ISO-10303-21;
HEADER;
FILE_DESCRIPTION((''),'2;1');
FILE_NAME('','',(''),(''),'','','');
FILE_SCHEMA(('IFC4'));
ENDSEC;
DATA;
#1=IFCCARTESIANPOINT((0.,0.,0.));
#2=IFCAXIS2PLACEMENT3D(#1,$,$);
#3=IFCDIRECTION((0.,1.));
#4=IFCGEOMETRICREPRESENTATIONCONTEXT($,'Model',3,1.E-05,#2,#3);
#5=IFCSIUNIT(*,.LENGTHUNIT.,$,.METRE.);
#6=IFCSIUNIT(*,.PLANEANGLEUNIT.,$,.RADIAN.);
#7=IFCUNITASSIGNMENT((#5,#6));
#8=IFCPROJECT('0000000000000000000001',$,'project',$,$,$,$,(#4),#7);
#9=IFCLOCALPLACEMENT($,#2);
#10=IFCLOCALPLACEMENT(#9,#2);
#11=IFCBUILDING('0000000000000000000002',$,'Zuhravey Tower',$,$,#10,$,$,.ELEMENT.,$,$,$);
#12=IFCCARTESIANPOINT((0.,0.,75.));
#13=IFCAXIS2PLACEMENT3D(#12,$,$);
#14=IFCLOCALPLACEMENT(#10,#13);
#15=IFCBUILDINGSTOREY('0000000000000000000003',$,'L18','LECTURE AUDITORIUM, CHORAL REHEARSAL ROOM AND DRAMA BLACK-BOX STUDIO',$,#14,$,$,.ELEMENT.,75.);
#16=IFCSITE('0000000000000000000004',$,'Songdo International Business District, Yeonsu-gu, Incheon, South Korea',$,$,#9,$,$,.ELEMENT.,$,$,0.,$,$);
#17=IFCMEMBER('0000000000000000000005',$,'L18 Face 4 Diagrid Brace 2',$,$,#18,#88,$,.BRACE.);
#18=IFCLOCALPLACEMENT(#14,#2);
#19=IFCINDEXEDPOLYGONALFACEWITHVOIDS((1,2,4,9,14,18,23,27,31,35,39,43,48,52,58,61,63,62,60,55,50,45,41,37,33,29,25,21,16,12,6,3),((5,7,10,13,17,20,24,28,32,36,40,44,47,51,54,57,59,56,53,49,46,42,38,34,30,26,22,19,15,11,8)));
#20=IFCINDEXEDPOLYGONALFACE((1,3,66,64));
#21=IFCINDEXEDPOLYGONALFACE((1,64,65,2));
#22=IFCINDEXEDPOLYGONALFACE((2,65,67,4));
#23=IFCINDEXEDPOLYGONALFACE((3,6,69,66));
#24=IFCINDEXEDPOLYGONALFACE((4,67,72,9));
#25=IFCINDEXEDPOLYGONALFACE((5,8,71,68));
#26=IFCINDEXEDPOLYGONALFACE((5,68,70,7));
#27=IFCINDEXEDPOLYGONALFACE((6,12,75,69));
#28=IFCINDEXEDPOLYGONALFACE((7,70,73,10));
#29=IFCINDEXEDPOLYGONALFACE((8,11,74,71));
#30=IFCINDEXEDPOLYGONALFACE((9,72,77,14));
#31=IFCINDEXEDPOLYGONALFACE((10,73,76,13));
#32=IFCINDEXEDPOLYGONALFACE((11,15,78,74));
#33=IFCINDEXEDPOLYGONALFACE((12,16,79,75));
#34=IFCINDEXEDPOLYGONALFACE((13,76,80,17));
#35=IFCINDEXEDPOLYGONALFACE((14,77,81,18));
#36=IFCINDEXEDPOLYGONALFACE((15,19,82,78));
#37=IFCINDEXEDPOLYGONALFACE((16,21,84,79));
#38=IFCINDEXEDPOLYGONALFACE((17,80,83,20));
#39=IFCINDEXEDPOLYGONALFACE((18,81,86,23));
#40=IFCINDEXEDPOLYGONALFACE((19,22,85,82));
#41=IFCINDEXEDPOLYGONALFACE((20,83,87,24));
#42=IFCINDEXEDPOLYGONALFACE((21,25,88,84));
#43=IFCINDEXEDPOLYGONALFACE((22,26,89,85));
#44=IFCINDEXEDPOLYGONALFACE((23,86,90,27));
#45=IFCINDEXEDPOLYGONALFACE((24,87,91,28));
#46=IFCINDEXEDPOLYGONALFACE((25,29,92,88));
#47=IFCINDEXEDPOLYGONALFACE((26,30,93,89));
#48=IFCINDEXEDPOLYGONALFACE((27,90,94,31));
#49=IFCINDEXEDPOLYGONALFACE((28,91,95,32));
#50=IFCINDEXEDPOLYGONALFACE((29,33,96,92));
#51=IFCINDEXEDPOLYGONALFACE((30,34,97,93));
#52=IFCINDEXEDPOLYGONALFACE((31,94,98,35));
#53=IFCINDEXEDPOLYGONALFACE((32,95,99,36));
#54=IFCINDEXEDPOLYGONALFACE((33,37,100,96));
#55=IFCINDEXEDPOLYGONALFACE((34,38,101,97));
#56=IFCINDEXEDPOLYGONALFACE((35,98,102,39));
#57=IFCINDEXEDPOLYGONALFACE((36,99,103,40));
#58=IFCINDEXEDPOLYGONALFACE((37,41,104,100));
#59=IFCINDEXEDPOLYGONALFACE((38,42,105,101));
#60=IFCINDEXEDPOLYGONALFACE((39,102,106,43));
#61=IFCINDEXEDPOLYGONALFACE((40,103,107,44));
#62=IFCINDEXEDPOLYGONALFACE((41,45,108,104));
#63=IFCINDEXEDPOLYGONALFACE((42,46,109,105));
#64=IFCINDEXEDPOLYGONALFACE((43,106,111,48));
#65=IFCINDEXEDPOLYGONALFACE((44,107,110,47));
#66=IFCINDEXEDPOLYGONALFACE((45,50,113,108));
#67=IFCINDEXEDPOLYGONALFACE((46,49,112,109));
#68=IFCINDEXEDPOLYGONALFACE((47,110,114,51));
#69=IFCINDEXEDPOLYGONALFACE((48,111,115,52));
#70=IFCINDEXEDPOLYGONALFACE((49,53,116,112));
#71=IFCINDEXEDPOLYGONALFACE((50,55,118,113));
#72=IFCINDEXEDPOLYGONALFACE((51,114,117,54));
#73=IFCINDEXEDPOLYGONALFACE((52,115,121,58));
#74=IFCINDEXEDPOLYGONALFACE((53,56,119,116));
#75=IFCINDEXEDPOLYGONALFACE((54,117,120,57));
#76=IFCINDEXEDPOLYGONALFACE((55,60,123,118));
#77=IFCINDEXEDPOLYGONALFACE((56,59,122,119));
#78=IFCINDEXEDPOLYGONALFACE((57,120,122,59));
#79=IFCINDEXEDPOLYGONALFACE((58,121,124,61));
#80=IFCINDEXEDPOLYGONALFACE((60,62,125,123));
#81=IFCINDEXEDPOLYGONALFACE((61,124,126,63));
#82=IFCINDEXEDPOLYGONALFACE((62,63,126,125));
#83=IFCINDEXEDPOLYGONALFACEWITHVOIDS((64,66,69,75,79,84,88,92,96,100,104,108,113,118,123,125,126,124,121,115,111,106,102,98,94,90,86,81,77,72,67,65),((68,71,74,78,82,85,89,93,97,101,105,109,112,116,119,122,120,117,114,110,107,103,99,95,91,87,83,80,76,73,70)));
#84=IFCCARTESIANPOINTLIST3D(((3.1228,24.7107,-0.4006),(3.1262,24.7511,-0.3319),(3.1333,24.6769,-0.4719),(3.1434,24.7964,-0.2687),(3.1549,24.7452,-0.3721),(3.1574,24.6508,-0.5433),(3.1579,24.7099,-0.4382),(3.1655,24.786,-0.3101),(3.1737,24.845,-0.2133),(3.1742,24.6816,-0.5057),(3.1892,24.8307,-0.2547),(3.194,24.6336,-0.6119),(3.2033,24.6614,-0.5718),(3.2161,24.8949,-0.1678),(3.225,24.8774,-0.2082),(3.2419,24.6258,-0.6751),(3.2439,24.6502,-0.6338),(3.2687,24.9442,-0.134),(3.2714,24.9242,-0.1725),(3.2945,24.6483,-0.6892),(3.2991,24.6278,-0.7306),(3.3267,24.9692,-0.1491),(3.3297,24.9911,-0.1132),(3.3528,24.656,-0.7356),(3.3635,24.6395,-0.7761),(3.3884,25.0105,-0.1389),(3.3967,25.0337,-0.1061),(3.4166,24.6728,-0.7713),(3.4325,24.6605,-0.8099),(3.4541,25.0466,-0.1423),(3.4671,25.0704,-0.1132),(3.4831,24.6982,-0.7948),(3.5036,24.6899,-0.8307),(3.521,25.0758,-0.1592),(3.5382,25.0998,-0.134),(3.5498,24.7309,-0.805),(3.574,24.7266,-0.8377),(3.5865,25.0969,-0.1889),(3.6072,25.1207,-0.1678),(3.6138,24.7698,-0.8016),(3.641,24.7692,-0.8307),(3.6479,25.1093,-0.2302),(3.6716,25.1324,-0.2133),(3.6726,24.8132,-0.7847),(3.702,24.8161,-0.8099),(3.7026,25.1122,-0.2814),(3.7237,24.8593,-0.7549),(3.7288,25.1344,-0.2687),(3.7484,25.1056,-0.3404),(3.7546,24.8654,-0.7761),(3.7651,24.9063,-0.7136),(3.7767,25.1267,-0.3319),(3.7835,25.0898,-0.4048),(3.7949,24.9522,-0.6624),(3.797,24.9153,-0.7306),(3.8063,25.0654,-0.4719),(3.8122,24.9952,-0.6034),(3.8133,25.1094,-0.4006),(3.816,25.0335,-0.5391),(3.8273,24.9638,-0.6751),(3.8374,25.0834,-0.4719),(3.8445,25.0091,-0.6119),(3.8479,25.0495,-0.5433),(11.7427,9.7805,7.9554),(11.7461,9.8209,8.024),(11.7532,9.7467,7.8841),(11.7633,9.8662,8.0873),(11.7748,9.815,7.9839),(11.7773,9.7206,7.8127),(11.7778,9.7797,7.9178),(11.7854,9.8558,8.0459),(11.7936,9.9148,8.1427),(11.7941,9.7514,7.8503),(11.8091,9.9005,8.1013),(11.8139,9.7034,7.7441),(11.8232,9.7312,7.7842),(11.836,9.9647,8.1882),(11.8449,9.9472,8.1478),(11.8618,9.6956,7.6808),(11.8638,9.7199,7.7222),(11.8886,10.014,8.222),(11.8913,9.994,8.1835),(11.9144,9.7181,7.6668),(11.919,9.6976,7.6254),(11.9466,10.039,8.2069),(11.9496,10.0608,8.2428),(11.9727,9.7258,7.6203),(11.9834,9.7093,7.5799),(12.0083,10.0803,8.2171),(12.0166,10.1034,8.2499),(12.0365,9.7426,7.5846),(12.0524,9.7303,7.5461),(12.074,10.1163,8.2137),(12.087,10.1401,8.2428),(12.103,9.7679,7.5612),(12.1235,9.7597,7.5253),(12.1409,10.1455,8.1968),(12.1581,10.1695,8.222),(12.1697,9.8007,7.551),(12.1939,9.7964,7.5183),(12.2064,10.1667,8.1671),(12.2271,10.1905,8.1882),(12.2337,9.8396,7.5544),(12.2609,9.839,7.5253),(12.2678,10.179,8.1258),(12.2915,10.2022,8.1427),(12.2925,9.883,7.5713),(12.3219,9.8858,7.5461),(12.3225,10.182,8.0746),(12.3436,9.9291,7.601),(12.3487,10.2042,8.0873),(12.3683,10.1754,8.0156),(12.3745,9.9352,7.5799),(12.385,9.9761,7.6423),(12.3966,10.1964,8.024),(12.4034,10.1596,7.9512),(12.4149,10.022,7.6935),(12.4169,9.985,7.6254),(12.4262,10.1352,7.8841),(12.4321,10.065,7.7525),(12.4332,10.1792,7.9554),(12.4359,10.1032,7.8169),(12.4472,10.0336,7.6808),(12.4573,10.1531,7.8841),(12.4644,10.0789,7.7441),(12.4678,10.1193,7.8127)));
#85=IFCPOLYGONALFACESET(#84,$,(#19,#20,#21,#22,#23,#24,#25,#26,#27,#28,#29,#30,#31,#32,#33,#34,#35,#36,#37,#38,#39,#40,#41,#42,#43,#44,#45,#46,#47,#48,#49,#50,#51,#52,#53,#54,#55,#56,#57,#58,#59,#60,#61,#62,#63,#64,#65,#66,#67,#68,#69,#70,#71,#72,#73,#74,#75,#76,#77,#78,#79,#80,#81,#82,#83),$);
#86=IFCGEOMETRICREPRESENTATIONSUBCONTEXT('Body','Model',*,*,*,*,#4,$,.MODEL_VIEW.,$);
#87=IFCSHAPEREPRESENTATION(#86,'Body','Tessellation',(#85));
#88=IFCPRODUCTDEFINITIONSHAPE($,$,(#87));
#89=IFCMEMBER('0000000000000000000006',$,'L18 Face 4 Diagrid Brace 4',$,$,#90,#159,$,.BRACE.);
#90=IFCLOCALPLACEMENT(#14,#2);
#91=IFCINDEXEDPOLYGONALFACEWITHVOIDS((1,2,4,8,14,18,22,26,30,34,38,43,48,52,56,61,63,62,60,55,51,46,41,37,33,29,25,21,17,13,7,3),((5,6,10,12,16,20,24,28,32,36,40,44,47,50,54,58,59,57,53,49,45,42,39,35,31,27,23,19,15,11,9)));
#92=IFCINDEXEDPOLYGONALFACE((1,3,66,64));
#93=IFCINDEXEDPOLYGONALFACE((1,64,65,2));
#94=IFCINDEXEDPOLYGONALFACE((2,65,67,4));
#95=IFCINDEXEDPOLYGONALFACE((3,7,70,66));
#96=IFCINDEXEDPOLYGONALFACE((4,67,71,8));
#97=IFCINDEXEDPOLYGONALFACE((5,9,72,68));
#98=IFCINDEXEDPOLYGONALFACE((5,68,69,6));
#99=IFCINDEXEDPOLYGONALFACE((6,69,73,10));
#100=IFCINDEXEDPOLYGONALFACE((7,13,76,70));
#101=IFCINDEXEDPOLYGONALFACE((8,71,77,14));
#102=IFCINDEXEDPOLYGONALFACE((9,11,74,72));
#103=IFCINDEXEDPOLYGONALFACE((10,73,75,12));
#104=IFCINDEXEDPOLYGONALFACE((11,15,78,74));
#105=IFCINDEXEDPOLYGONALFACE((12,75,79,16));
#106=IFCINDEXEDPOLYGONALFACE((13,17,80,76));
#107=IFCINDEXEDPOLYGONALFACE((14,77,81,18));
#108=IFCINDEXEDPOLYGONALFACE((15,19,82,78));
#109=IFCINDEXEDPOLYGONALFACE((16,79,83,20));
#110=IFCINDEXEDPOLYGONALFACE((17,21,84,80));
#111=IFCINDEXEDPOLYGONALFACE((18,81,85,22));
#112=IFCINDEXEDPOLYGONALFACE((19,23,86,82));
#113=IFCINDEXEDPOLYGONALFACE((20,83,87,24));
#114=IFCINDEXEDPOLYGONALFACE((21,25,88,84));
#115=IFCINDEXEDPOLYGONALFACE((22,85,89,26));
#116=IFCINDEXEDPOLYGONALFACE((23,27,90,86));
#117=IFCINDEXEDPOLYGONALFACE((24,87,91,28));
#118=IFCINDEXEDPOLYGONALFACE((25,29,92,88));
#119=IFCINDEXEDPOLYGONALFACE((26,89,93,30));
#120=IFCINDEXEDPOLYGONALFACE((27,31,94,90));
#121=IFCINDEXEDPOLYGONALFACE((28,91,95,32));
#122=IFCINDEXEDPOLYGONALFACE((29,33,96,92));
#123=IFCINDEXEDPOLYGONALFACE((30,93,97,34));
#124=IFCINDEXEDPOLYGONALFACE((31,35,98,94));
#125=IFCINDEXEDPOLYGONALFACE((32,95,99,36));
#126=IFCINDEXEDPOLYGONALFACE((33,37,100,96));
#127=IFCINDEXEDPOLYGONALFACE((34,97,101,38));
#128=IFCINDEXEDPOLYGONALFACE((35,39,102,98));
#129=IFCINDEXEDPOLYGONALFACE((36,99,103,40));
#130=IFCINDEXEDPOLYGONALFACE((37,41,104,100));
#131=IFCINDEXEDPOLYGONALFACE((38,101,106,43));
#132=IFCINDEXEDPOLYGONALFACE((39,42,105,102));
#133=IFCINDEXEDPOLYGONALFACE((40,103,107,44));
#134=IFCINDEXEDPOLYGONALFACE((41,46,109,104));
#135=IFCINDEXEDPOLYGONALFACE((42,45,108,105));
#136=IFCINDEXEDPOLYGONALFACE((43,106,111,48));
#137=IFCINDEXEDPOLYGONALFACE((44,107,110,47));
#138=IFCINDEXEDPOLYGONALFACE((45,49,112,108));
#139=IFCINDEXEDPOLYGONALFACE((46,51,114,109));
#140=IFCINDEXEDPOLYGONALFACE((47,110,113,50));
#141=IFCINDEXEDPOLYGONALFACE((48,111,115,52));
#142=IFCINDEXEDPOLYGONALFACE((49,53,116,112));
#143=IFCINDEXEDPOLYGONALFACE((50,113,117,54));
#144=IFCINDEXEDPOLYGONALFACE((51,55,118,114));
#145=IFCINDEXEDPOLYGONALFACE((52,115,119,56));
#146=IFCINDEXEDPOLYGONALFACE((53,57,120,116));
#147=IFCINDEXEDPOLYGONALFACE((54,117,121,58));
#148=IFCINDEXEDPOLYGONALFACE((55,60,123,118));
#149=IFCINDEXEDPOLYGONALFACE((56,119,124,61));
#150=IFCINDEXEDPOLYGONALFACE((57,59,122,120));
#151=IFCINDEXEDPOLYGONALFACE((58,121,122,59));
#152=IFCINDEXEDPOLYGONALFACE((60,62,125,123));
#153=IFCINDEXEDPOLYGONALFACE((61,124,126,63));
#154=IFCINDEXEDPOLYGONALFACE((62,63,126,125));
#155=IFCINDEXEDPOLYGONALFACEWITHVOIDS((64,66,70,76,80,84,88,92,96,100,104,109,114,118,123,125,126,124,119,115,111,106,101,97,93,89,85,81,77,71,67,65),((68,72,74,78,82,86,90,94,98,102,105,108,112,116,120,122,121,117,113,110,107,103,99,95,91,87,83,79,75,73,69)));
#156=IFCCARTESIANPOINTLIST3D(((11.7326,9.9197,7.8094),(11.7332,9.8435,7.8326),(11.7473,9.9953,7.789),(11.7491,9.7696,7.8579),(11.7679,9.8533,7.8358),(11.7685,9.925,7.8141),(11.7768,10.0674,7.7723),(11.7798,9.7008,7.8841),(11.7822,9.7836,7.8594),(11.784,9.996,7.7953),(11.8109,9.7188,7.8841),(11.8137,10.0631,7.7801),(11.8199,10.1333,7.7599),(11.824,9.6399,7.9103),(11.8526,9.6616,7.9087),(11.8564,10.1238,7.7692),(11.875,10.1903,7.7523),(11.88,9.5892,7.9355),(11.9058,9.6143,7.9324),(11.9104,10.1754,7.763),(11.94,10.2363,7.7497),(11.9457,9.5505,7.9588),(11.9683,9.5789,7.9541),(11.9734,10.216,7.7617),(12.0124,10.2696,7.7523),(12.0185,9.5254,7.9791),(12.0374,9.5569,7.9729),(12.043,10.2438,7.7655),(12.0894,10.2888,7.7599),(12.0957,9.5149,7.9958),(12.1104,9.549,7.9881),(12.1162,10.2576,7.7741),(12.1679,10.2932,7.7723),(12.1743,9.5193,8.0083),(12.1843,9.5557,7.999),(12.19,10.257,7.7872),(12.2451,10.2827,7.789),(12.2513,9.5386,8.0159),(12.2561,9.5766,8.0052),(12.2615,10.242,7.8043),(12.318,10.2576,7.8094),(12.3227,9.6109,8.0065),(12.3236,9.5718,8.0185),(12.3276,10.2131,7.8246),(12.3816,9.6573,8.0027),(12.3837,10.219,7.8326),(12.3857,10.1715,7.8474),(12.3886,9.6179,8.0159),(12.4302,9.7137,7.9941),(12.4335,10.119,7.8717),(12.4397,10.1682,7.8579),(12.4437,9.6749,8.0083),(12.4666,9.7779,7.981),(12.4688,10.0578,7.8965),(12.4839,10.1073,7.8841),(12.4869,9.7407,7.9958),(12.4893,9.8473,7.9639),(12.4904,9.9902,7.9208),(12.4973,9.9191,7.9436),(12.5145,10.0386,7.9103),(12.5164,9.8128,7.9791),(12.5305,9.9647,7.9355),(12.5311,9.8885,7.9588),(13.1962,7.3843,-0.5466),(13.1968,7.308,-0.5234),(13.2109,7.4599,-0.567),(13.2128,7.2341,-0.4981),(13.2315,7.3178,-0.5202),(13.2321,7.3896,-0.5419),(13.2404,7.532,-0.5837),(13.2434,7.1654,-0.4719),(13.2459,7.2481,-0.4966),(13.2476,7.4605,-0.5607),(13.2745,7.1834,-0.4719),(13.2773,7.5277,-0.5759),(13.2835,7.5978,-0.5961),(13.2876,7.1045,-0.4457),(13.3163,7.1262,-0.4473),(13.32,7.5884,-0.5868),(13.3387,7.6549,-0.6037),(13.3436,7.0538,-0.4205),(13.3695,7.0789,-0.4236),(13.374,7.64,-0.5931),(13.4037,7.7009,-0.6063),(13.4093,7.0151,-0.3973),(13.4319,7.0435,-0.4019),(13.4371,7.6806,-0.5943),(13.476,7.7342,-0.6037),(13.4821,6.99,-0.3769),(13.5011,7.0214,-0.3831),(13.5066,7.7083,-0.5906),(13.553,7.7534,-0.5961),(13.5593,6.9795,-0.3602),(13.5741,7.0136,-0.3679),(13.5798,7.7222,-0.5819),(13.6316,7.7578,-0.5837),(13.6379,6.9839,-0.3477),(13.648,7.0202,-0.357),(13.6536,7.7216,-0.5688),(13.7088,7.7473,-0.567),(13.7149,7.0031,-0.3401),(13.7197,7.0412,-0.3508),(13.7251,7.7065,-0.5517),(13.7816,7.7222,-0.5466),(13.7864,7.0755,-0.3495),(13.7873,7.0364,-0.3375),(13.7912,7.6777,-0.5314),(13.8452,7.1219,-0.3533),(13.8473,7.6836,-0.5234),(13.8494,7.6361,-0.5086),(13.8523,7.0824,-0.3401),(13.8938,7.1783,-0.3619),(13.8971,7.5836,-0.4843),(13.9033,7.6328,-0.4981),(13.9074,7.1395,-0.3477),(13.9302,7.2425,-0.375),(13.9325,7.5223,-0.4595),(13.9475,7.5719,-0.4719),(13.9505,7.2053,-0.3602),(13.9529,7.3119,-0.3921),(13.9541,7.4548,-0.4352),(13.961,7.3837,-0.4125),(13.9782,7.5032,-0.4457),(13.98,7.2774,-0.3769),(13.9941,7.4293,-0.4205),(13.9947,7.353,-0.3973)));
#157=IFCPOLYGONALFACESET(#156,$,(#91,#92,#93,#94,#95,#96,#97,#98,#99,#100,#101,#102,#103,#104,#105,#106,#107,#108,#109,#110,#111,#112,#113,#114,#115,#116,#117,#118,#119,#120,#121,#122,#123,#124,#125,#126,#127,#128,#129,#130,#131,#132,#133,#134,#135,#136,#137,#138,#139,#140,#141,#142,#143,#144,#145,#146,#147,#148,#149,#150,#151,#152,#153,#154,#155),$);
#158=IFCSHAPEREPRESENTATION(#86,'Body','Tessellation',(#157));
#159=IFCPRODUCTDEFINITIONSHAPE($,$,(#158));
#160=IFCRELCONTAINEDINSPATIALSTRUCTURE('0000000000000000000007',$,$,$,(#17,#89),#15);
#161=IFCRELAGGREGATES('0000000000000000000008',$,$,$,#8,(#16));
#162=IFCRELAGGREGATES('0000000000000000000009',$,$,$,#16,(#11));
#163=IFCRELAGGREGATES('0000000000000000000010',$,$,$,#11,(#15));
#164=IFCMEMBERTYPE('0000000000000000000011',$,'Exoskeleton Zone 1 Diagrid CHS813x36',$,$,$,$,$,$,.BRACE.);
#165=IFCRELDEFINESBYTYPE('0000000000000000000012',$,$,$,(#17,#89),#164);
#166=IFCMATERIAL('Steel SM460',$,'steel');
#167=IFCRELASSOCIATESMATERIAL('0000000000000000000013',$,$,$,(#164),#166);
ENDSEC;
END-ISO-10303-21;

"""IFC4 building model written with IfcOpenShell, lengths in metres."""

from ifc_helpers import new_model, si_unit, direction, frame, origin, origin_2d, place, context, subcontext, project, spatial, hollow_circle, extrude, material, material_profile, profile_set, type_object, element, save


model = new_model("IFC4")

# Units and contexts
model_context = context("Model", 3, precision=1e-05, world=origin(), true_north=direction((0.0, 1.0)))
body_context = subcontext(model_context, "Body", "Model", "MODEL_VIEW")
ifc_project = project(units=[si_unit("LENGTHUNIT", "METRE"), si_unit("PLANEANGLEUNIT", "RADIAN")], contexts=[model_context])

# Site, building, storey
site_placement = place(None, origin())
site = spatial("IfcSite", under=ifc_project, at=site_placement, Name="Songdo International Business District, Yeonsu-gu, Incheon, South Korea", CompositionType="ELEMENT", RefElevation=0.0)
building_placement = place(site_placement, origin())
building = spatial("IfcBuilding", under=site, at=building_placement, Name="Zuhravey Tower", CompositionType="ELEMENT")
storey_placement = place(building_placement, frame((0.0, 0.0, 75.0)))
storey = spatial("IfcBuildingStorey", under=building, at=storey_placement, Name="L18", Description="LECTURE AUDITORIUM, CHORAL REHEARSAL ROOM AND DRAMA BLACK-BOX STUDIO", CompositionType="ELEMENT", Elevation=75.0)

# Members
ifc_material_1 = material(Name="Steel SM460", Category="steel")
ifc_material_profile_1 = material_profile(ifc_material_1, hollow_circle(Radius=0.4065, WallThickness=0.0359, at=origin_2d()), Name="CHS-812.8x36")
ifc_profile_set_1 = profile_set([ifc_material_profile_1], Name="Steel SM460")
member_type_1 = type_object("IfcMemberType", Name="Exoskeleton Zone 1 Diagrid CHS813x36", PredefinedType="BRACE", material=ifc_profile_set_1)
member_1_placement = place(storey_placement, frame((3.4854, 24.8801, -0.4719), z_axis=(0.449933, -0.779312, 0.436157), x_axis=(0.866027, 0.499997, 0.0)))
element("IfcMember", 1, at=member_1_placement, inside=storey, type_object=member_type_1, Name="L18 Face 4 Diagrid Brace 2", PredefinedType="BRACE", context=body_context, shape_type="SweptSolid", body=[
    extrude(hollow_circle(Radius=0.4065, WallThickness=0.0359, at=origin_2d()), origin(), (0.0, 0.0, 1.0), 19.1582),
])
member_2_placement = place(storey_placement, frame((13.5955, 7.3687, -0.4719), z_axis=(-0.165307, 0.286358, 0.943755), x_axis=(-0.866054, -0.499951, 0.0)))
element("IfcMember", 2, at=member_2_placement, inside=storey, type_object=member_type_1, Name="L18 Face 4 Diagrid Brace 4", PredefinedType="BRACE", context=body_context, shape_type="SweptSolid", body=[
    extrude(hollow_circle(Radius=0.4065, WallThickness=0.0359, at=origin_2d()), origin(), (0.0, 0.0, 1.0), 8.854),
])

save(model, "model.ifc")
